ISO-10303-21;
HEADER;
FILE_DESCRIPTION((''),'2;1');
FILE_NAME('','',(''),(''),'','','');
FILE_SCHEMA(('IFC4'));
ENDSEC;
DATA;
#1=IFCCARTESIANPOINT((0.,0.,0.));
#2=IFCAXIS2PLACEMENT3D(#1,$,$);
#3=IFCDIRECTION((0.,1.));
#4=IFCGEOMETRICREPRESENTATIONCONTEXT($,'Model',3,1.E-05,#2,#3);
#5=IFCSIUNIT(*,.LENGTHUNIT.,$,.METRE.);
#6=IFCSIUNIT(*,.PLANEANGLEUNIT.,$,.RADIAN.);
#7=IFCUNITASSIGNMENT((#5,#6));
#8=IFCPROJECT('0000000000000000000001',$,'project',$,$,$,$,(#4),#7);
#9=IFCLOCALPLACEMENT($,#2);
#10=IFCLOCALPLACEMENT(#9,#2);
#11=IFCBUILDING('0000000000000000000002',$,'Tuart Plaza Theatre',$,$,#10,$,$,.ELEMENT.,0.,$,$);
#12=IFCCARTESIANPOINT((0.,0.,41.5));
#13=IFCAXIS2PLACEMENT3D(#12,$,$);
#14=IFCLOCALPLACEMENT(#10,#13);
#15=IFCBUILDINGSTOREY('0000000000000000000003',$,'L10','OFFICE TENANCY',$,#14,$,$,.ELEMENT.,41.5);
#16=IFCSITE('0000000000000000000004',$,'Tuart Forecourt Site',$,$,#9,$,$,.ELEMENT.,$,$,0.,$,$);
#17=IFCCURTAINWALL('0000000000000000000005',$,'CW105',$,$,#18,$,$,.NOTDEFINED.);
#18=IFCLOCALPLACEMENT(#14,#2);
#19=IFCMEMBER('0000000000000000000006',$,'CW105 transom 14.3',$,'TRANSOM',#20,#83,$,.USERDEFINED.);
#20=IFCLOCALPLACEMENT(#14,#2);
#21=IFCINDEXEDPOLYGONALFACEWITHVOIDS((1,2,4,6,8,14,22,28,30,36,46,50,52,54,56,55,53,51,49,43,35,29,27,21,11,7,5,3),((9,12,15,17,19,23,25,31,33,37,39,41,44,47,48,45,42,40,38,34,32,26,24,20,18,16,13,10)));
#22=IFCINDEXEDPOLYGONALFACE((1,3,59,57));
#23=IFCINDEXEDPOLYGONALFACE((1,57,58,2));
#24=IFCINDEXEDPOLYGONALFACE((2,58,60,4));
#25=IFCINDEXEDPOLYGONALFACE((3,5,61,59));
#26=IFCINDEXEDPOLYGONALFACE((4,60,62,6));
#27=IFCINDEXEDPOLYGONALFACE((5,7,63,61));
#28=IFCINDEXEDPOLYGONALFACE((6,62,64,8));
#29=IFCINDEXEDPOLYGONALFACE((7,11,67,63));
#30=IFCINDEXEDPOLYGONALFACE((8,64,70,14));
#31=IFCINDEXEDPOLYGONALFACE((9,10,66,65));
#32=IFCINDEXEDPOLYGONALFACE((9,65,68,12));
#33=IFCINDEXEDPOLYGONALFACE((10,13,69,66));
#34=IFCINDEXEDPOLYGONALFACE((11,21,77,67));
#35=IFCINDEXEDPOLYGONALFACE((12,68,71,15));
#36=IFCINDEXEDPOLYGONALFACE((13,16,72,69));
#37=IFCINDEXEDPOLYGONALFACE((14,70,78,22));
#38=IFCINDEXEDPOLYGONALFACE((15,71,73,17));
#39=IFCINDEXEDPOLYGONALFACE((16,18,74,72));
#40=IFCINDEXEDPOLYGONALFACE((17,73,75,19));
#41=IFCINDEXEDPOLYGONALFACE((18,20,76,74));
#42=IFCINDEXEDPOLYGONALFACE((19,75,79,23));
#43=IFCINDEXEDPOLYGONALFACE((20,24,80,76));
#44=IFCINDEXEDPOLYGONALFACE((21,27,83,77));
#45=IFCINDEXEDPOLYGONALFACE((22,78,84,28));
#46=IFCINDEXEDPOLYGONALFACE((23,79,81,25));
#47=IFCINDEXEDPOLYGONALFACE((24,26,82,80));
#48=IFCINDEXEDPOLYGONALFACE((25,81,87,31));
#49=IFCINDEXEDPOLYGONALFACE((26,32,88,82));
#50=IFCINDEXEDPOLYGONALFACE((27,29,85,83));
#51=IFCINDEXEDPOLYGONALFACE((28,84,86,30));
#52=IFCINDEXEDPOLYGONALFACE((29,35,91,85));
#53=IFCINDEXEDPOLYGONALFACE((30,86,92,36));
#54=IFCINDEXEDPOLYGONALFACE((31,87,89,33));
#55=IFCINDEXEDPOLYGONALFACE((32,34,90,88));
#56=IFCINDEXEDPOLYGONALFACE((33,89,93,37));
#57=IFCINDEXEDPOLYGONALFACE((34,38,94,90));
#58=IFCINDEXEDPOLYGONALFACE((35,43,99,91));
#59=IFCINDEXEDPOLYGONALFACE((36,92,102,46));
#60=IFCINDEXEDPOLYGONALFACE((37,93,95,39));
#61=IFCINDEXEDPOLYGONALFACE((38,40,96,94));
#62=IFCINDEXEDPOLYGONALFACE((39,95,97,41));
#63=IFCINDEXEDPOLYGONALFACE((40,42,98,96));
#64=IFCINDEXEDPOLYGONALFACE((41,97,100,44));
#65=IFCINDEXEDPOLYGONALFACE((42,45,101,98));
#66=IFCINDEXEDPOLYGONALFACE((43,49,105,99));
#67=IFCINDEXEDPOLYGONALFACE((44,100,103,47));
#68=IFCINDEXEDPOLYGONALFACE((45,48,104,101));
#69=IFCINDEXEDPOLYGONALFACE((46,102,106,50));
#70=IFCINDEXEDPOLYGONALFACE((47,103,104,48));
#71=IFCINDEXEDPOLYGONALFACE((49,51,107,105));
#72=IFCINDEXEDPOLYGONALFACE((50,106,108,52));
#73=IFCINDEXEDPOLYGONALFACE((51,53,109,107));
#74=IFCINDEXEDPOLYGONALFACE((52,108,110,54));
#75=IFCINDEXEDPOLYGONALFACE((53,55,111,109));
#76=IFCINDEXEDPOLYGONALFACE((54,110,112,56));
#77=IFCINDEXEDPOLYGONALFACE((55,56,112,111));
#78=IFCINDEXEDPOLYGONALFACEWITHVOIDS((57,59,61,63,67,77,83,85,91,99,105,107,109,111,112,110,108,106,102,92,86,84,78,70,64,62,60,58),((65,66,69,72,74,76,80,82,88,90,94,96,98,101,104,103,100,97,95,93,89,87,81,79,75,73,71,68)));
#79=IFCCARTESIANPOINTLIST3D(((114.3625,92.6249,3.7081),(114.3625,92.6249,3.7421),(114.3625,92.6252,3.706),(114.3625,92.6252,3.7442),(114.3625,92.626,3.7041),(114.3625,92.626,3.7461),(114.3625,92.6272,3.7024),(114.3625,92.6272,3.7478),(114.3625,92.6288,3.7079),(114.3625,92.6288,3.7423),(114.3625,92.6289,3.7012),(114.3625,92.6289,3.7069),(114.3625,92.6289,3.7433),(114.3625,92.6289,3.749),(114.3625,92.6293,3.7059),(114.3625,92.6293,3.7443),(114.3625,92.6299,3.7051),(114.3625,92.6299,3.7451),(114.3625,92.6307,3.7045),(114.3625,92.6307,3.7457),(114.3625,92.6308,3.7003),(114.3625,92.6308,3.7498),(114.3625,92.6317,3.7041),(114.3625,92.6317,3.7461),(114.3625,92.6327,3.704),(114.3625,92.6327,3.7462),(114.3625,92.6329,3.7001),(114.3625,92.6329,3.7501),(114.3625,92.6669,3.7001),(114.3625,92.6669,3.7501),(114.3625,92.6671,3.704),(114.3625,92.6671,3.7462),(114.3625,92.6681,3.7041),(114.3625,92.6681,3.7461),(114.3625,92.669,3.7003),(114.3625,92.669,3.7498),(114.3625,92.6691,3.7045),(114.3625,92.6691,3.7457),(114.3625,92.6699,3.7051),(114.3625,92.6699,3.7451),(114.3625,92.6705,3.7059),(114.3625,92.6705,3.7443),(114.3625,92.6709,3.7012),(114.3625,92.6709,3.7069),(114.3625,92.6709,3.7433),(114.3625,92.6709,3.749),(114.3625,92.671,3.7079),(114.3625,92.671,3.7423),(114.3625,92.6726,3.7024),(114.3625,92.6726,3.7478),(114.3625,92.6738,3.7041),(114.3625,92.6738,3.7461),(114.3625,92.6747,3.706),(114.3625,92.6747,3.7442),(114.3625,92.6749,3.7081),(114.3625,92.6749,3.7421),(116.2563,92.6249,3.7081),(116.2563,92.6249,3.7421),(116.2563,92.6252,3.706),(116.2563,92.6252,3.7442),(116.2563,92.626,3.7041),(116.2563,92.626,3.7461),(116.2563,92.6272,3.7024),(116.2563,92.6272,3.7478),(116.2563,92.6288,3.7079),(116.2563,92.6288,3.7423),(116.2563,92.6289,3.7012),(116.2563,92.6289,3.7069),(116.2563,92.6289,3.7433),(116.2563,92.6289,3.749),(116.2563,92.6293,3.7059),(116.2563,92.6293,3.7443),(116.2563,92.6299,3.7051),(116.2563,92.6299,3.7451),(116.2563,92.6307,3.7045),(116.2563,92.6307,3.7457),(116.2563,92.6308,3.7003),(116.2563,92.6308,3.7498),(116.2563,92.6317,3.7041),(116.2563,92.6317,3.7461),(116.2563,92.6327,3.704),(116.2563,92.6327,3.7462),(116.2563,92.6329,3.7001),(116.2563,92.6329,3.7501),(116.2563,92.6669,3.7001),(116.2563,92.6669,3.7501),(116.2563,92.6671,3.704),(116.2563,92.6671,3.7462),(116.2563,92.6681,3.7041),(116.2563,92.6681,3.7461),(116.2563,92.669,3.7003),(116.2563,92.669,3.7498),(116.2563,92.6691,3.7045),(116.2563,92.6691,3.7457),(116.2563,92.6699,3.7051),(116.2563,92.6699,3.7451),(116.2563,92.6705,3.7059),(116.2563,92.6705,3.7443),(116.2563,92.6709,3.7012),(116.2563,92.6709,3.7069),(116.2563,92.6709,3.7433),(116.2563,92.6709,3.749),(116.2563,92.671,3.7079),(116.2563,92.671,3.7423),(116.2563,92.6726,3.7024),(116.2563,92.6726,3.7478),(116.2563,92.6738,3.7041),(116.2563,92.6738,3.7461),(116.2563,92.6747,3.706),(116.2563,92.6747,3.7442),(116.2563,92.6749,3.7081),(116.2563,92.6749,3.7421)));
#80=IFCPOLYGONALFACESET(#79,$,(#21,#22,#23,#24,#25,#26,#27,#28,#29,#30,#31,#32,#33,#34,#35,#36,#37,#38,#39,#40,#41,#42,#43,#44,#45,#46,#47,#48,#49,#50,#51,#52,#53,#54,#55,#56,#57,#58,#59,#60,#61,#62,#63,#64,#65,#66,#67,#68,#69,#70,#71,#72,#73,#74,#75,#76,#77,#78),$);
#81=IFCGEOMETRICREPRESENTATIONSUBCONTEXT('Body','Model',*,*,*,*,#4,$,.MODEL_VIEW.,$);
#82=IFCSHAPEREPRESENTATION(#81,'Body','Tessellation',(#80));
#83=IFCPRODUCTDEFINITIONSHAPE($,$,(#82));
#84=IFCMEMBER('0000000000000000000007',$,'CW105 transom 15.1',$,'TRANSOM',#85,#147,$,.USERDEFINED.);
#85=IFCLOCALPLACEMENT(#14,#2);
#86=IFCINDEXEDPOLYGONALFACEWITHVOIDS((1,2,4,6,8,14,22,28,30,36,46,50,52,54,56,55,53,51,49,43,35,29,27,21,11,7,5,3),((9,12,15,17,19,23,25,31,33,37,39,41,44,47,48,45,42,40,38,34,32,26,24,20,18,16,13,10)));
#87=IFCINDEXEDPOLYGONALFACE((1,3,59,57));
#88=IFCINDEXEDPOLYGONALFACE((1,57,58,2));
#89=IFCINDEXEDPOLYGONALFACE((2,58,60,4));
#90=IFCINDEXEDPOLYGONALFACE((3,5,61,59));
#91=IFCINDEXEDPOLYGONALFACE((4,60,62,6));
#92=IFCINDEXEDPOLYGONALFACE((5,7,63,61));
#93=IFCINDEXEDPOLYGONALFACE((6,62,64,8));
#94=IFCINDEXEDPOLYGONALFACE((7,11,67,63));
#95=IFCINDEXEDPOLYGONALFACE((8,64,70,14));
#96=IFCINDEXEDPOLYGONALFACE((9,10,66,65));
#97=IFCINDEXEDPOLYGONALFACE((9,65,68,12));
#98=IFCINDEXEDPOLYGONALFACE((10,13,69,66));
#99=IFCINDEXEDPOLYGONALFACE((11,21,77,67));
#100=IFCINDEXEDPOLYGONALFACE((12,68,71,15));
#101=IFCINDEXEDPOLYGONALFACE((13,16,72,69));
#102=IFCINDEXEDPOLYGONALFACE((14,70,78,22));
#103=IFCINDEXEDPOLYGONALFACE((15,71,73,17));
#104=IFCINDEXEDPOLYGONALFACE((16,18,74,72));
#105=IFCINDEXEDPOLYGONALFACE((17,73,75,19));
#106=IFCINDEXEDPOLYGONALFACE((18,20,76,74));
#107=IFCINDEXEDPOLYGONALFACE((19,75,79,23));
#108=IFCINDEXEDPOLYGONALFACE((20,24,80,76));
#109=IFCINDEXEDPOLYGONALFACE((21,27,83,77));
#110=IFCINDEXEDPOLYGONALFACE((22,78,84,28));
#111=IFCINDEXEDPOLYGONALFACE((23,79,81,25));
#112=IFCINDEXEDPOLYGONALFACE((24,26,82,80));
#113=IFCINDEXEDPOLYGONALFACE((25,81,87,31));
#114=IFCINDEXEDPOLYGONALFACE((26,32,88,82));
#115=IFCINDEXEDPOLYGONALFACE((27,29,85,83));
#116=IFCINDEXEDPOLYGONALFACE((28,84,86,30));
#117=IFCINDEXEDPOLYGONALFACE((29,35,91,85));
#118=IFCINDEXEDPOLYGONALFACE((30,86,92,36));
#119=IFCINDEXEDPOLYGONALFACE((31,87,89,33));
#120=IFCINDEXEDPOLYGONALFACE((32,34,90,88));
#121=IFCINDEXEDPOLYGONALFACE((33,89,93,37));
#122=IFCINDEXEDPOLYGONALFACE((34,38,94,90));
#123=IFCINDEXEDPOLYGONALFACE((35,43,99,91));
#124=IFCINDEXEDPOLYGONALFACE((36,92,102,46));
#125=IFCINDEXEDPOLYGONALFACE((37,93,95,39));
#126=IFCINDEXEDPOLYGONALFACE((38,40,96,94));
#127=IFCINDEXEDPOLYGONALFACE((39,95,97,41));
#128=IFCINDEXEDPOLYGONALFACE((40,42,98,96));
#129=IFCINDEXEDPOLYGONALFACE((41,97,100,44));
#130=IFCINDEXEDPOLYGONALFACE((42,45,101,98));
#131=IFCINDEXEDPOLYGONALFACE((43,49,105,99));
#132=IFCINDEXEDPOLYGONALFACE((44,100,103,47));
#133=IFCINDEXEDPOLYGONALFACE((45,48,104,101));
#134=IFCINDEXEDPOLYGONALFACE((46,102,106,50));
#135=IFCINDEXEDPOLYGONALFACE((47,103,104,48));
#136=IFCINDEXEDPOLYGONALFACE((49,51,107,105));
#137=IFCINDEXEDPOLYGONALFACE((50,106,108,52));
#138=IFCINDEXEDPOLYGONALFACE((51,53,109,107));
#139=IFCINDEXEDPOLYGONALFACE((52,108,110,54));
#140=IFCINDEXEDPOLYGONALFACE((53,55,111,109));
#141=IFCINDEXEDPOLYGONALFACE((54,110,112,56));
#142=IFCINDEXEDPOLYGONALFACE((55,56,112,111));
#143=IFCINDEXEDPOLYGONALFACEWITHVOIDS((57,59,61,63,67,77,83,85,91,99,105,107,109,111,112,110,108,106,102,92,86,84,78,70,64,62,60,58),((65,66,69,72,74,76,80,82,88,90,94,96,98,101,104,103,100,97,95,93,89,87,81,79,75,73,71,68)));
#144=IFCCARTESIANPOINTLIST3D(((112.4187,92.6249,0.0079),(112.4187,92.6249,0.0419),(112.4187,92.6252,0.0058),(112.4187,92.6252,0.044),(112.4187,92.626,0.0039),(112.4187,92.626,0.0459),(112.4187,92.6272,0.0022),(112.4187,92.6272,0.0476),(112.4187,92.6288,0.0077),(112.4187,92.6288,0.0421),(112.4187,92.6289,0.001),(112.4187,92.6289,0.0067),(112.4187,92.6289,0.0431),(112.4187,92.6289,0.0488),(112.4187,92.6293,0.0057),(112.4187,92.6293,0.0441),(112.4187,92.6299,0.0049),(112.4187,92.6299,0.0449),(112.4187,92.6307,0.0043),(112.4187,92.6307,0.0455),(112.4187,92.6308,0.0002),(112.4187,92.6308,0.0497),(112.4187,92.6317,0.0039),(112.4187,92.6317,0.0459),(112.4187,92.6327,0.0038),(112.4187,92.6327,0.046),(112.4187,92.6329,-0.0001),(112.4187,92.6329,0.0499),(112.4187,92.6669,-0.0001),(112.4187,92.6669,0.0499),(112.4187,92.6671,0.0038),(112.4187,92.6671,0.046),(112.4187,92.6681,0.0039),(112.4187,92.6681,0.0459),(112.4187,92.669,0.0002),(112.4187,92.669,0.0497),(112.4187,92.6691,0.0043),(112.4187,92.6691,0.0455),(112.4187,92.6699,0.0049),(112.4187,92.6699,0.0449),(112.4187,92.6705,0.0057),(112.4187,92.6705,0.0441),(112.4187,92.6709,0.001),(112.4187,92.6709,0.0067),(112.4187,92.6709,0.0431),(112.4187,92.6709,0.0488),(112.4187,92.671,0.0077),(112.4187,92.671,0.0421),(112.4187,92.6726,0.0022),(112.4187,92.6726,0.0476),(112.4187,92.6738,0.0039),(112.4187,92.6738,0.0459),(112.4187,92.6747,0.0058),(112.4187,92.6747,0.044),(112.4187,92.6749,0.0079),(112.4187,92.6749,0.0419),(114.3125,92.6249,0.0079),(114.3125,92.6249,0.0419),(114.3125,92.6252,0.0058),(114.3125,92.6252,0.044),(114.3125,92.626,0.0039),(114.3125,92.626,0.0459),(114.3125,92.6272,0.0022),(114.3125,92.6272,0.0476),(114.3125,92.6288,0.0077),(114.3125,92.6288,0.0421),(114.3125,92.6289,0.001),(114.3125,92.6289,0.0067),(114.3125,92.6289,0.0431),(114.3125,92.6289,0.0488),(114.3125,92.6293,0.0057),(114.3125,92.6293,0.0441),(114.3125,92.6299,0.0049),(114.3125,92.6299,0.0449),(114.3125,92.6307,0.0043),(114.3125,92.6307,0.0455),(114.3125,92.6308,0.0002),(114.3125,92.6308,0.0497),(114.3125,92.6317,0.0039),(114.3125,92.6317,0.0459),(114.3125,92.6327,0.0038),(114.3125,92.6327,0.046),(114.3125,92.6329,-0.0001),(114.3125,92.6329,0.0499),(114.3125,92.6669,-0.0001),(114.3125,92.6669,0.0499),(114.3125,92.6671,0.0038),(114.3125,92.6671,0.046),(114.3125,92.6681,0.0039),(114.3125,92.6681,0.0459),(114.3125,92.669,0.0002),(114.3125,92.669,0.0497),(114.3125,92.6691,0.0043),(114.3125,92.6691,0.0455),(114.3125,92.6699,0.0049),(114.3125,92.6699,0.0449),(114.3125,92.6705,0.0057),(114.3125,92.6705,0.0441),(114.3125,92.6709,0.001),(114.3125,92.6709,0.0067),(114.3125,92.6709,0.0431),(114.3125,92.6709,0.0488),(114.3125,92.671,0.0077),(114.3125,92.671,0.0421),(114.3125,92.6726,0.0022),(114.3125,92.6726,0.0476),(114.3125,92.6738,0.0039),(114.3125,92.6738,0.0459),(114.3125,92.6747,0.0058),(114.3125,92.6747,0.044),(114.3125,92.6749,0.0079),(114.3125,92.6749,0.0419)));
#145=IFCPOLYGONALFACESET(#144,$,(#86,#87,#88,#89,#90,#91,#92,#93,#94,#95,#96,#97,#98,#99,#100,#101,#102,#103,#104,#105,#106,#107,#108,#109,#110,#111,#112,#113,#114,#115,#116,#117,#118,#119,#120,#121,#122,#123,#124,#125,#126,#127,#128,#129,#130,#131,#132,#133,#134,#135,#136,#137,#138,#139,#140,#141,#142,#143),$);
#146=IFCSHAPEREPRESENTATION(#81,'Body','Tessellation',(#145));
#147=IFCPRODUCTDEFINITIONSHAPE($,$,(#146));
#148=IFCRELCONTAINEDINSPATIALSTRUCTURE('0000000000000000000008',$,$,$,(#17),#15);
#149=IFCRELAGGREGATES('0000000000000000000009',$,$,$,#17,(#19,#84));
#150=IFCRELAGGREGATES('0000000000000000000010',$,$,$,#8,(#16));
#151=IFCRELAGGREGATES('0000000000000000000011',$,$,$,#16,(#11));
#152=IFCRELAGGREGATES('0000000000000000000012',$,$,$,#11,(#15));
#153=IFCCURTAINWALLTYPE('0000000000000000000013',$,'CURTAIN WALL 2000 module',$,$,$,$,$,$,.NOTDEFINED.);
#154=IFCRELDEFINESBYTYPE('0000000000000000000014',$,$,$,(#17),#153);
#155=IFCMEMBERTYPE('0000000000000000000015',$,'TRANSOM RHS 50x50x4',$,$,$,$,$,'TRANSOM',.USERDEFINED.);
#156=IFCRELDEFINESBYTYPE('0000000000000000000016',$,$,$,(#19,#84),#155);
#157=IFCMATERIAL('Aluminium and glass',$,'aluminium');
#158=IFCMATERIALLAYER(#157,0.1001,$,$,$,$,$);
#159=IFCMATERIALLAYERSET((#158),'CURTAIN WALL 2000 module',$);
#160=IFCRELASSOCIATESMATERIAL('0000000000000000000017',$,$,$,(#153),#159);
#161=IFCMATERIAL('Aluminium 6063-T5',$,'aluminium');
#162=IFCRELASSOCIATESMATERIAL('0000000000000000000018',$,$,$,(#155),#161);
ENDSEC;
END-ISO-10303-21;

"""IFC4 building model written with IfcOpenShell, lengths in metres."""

from ifc_helpers import new_model, si_unit, direction, frame, origin, origin_2d, place, context, subcontext, project, spatial, hollow_rectangle, extrude, material, layer, layer_set, material_profile, profile_set, type_object, element, aggregate, save


model = new_model("IFC4")

# Units and contexts
model_context = context("Model", 3, precision=1e-05, world=origin(), true_north=direction((0.0, 1.0)))
body_context = subcontext(model_context, "Body", "Model", "MODEL_VIEW")
ifc_project = project(units=[si_unit("LENGTHUNIT", "METRE"), si_unit("PLANEANGLEUNIT", "RADIAN")], contexts=[model_context])

# Site, building, storey
site_placement = place(None, origin())
site = spatial("IfcSite", under=ifc_project, at=site_placement, Name="Tuart Forecourt Site", CompositionType="ELEMENT", RefElevation=0.0)
building_placement = place(site_placement, origin())
building = spatial("IfcBuilding", under=site, at=building_placement, Name="Tuart Plaza Theatre", CompositionType="ELEMENT", ElevationOfRefHeight=0.0)
storey_placement = place(building_placement, frame((0.0, 0.0, 41.5)))
storey = spatial("IfcBuildingStorey", under=building, at=storey_placement, Name="L10", Description="OFFICE TENANCY", CompositionType="ELEMENT", Elevation=41.5)

# Curtain wall, members
ifc_material_1 = material(Name="Aluminium and glass", Category="aluminium")
ifc_layer_1 = layer(ifc_material_1, 0.1001)
ifc_layer_set_1 = layer_set([ifc_layer_1], Name="CURTAIN WALL 2000 module")
curtain_wall_type = type_object("IfcCurtainWallType", Name="CURTAIN WALL 2000 module", PredefinedType="NOTDEFINED", material=ifc_layer_set_1)
curtain_wall_placement = place(storey_placement, origin())
curtain_wall = element("IfcCurtainWall", 1, at=curtain_wall_placement, inside=storey, type_object=curtain_wall_type, Name="CW105", PredefinedType="NOTDEFINED")
ifc_material_2 = material(Name="Aluminium 6063-T5", Category="aluminium")
ifc_material_profile_1 = material_profile(ifc_material_2, hollow_rectangle(XDim=0.05, YDim=0.05, WallThickness=0.0039, InnerFilletRadius=0.0039, OuterFilletRadius=0.0081, at=origin_2d()), Name="RHS 50x50x4")
ifc_profile_set_1 = profile_set([ifc_material_profile_1], Name="Aluminium 6063-T5")
member_type_1 = type_object("IfcMemberType", Name="TRANSOM RHS 50x50x4", ElementType="TRANSOM", PredefinedType="USERDEFINED", material=ifc_profile_set_1)
member_1_placement = place(storey_placement, frame((116.2563, 92.6499, 3.7251), z_axis=(-1.0, 0.0, 0.0), x_axis=(0.0, -1.0, 0.0)))
member_1 = element("IfcMember", 2, at=member_1_placement, type_object=member_type_1, Name="CW105 transom 14.3", ObjectType="TRANSOM", PredefinedType="USERDEFINED", context=body_context, shape_type="SweptSolid", body=[
    extrude(hollow_rectangle(XDim=0.05, YDim=0.05, WallThickness=0.0039, InnerFilletRadius=0.0039, OuterFilletRadius=0.0081, at=origin_2d()), origin(), (0.0, 0.0, 1.0), 1.8938),
])
member_2_placement = place(storey_placement, frame((114.3125, 92.6499, 0.0249), z_axis=(-1.0, 0.0, 0.0), x_axis=(0.0, -1.0, 0.0)))
member_2 = element("IfcMember", 3, at=member_2_placement, type_object=member_type_1, Name="CW105 transom 15.1", ObjectType="TRANSOM", PredefinedType="USERDEFINED", context=body_context, shape_type="SweptSolid", body=[
    extrude(hollow_rectangle(XDim=0.05, YDim=0.05, WallThickness=0.0039, InnerFilletRadius=0.0039, OuterFilletRadius=0.0081, at=origin_2d()), origin(), (0.0, 0.0, 1.0), 1.8938),
])
aggregate(curtain_wall, [member_1, member_2])

save(model, "model.ifc")
